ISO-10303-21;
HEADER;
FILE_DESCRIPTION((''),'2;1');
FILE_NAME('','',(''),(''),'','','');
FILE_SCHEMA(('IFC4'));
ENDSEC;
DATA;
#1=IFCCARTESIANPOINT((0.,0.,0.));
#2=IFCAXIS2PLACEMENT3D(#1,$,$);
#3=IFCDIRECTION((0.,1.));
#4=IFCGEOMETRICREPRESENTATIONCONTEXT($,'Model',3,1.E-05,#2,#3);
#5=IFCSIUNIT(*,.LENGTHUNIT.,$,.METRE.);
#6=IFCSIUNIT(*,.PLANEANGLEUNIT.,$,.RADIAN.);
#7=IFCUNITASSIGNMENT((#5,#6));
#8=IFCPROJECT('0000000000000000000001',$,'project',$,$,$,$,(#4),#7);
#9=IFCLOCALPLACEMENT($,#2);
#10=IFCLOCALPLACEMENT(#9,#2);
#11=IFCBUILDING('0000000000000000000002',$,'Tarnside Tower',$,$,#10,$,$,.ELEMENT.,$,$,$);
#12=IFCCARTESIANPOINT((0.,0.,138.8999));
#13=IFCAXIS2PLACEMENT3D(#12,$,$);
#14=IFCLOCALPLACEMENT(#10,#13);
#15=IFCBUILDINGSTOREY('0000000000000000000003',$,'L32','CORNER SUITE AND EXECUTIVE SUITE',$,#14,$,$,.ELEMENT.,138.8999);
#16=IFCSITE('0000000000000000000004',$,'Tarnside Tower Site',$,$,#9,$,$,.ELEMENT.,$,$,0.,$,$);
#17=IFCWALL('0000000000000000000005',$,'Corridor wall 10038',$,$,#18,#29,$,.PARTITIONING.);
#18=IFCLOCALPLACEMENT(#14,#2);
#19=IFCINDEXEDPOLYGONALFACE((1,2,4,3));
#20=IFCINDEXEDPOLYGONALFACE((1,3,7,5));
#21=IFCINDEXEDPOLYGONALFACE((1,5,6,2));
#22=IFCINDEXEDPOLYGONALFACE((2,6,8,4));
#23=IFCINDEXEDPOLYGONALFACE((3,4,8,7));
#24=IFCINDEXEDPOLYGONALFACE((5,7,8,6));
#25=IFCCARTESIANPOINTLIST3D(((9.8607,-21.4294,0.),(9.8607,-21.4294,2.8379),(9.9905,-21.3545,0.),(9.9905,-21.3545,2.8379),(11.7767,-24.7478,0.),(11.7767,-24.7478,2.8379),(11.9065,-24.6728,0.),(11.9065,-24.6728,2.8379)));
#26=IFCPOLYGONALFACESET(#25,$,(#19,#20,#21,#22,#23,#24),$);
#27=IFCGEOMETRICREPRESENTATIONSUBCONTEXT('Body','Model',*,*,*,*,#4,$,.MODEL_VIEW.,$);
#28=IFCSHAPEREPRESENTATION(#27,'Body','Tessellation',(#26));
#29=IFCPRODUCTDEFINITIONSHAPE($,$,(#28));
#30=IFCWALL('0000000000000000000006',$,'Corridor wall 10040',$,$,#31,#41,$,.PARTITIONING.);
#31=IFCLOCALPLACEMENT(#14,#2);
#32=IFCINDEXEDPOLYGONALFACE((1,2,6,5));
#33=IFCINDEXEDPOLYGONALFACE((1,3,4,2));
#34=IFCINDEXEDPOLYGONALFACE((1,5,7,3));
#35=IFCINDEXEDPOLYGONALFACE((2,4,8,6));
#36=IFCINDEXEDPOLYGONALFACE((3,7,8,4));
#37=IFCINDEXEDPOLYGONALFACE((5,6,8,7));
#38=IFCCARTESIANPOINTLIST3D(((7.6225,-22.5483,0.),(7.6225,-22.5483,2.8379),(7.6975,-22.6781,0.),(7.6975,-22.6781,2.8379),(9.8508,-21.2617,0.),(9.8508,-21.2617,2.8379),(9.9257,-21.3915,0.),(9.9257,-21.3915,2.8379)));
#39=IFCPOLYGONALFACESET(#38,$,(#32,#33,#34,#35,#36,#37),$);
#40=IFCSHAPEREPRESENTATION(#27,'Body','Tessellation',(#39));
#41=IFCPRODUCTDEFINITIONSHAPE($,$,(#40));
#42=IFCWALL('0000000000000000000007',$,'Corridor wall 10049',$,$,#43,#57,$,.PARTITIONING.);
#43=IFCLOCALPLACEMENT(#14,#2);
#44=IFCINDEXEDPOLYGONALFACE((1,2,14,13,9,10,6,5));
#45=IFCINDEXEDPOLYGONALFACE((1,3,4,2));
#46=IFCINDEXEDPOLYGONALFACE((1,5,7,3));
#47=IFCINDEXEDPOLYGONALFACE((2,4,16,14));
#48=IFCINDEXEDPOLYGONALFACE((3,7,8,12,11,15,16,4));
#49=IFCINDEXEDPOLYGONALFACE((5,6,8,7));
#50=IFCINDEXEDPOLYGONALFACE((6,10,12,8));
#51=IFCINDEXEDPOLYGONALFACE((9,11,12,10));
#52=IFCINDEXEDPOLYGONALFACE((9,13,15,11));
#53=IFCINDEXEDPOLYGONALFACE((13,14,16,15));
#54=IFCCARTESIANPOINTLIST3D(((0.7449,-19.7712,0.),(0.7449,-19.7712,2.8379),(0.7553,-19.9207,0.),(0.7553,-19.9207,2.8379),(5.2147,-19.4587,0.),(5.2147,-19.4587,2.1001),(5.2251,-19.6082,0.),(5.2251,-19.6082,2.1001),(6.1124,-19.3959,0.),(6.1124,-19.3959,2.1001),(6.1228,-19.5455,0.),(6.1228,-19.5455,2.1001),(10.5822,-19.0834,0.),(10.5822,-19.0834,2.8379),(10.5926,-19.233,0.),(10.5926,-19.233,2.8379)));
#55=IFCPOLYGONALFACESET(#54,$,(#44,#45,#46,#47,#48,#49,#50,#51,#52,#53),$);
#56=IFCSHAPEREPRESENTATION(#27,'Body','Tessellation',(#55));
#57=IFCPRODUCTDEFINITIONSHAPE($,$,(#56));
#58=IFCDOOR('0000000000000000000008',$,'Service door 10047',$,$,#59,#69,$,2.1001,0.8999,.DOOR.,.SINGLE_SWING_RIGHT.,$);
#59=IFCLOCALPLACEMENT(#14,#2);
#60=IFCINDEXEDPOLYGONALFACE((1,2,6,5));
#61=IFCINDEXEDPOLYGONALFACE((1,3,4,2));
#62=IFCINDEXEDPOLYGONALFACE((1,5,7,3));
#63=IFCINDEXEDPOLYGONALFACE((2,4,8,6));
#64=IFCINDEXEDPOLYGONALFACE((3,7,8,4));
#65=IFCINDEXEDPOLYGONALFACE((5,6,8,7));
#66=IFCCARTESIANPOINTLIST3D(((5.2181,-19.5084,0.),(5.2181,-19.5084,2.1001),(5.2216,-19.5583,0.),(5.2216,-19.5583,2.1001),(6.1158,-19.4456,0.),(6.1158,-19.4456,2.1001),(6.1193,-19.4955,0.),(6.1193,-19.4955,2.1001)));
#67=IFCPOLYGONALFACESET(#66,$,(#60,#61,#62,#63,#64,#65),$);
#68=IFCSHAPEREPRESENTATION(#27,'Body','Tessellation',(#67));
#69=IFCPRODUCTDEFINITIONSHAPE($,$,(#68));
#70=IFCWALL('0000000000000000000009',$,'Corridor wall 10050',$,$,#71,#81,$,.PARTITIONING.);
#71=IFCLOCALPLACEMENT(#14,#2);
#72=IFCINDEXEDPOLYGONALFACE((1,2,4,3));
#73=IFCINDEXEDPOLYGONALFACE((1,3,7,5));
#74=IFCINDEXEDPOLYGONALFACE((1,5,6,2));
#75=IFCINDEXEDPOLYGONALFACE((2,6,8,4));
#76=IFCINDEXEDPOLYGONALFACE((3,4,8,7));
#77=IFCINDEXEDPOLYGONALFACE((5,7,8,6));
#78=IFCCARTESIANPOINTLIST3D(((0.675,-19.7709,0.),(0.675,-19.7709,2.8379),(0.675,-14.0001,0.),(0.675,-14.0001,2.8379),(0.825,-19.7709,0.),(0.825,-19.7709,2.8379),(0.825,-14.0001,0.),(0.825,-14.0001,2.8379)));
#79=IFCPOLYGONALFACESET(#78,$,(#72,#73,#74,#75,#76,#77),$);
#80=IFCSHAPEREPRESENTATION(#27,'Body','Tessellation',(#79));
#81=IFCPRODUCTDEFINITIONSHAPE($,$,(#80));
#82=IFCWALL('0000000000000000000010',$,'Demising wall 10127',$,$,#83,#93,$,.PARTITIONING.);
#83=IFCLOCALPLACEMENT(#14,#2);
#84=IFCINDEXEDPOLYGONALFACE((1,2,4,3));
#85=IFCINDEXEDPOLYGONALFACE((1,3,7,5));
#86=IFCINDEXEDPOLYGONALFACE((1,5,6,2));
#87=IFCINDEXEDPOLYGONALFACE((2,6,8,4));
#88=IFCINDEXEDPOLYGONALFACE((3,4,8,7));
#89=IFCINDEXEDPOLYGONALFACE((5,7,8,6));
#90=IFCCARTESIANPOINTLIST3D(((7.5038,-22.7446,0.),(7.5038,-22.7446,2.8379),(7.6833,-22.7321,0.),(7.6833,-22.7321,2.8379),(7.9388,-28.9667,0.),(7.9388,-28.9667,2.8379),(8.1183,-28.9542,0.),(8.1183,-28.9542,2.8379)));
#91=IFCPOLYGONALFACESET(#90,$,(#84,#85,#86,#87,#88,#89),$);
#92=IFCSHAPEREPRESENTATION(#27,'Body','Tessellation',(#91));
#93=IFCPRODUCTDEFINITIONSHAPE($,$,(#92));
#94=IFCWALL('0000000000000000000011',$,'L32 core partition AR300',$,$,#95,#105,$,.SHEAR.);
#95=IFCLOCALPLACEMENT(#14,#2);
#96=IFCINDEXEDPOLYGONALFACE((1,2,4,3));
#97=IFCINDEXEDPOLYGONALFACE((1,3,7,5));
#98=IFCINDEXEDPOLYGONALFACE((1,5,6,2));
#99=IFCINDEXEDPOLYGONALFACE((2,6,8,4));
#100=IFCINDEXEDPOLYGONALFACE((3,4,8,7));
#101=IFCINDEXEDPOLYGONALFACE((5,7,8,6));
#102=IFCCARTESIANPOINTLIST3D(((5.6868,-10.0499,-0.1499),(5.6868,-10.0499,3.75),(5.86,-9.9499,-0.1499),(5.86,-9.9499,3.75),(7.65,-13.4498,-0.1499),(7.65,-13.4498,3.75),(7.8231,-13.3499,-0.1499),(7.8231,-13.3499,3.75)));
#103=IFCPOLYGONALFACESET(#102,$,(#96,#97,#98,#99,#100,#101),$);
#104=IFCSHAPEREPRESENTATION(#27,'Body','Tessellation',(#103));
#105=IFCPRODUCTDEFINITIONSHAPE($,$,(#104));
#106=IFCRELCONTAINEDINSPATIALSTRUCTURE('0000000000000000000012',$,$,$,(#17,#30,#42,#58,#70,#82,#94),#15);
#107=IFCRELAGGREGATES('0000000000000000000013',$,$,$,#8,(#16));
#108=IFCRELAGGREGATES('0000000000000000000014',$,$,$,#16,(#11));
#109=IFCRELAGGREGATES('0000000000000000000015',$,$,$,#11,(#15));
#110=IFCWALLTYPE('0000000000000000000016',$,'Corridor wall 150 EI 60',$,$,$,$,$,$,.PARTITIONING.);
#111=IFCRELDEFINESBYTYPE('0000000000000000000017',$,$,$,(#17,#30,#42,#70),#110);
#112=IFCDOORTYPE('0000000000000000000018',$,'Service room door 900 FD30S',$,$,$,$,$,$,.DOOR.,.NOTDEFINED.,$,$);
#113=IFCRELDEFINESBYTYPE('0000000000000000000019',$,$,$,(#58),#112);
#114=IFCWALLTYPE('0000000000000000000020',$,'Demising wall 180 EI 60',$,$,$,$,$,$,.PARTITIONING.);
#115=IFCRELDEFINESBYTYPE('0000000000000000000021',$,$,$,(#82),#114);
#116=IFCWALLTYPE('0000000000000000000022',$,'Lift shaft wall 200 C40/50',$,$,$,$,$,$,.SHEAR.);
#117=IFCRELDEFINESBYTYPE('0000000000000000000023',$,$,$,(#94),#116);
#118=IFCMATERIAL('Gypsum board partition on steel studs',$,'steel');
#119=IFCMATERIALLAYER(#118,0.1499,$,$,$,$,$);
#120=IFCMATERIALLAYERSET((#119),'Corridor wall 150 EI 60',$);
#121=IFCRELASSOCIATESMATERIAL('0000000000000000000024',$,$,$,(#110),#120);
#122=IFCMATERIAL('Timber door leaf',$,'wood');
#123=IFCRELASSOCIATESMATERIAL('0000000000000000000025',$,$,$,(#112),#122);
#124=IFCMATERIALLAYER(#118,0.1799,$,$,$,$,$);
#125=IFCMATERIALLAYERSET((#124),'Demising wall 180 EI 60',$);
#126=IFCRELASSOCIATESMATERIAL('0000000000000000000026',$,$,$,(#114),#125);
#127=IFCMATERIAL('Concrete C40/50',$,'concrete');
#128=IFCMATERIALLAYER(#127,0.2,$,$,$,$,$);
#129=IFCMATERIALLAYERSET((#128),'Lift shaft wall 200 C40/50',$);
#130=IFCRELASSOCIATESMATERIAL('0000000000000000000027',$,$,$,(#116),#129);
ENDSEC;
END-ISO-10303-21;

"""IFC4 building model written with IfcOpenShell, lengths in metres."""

from ifc_helpers import new_model, si_unit, direction, frame, frame_2d, origin, place, context, subcontext, project, spatial, rectangle, extrude, material, layer, layer_set, type_object, element, fill, save


model = new_model("IFC4")

# Units and contexts
model_context = context("Model", 3, precision=1e-05, world=origin(), true_north=direction((0.0, 1.0)))
body_context = subcontext(model_context, "Body", "Model", "MODEL_VIEW")
ifc_project = project(units=[si_unit("LENGTHUNIT", "METRE"), si_unit("PLANEANGLEUNIT", "RADIAN")], contexts=[model_context])

# Site, building, storey
site_placement = place(None, origin())
site = spatial("IfcSite", under=ifc_project, at=site_placement, Name="Tarnside Tower Site", CompositionType="ELEMENT", RefElevation=0.0)
building_placement = place(site_placement, origin())
building = spatial("IfcBuilding", under=site, at=building_placement, Name="Tarnside Tower", CompositionType="ELEMENT")
storey_placement = place(building_placement, frame((0.0, 0.0, 138.8999)))
storey = spatial("IfcBuildingStorey", under=building, at=storey_placement, Name="L32", Description="CORNER SUITE AND EXECUTIVE SUITE", CompositionType="ELEMENT", Elevation=138.8999)

# Shared definitions
ifc_material_1 = material(Name="Gypsum board partition on steel studs", Category="steel")

# Shared definitions
ifc_material_2 = material(Name="Timber door leaf", Category="wood")

# Walls
ifc_layer_1 = layer(ifc_material_1, 0.1499)
ifc_layer_set_1 = layer_set([ifc_layer_1], Name="Corridor wall 150 EI 60")
wall_type_1 = type_object("IfcWallType", Name="Corridor wall 150 EI 60", PredefinedType="PARTITIONING", material=ifc_layer_set_1)
wall_1_placement = place(storey_placement, frame((9.9255, -21.3918, 0.0), z_axis=(0.0, 0.0, 1.0), x_axis=(0.500031, -0.866007, 0.0)))
element("IfcWall", 1, at=wall_1_placement, inside=storey, type_object=wall_type_1, Name="Corridor wall 10038", PredefinedType="PARTITIONING", context=body_context, shape_type="SweptSolid", body=[
    extrude(rectangle(XDim=3.8318, YDim=0.1499, at=frame_2d((1.916, 0.0))), origin(), (0.0, 0.0, 1.0), 2.8379),
])
wall_2_placement = place(storey_placement, frame((7.6599, -22.6133, 0.0), z_axis=(0.0, 0.0, 1.0), x_axis=(0.866004, 0.500037, 0.0)))
element("IfcWall", 2, at=wall_2_placement, inside=storey, type_object=wall_type_1, Name="Corridor wall 10040", PredefinedType="PARTITIONING", context=body_context, shape_type="SweptSolid", body=[
    extrude(rectangle(XDim=2.573, YDim=0.1499, at=frame_2d((1.2866, 0.0))), origin(), (0.0, 0.0, 1.0), 2.8379),
])

# Wall, opening, door
wall_3_placement = place(storey_placement, frame((10.5874, -19.1582, 0.0), z_axis=(0.0, 0.0, 1.0), x_axis=(-0.997565, -0.069741, 0.0)))
wall_3 = element("IfcWall", 3, at=wall_3_placement, inside=storey, type_object=wall_type_1, Name="Corridor wall 10049", PredefinedType="PARTITIONING", context=body_context, shape_type="SweptSolid", body=[
    extrude(rectangle(XDim=9.8613, YDim=0.1499, at=frame_2d((4.9307, 0.0))), origin(), (0.0, 0.0, 1.0), 2.8379),
])
opening_1_placement = place(wall_3_placement, frame((4.4807, 0.0, 0.0)))
opening_1 = element("IfcOpeningElement", 4, at=opening_1_placement, cuts=wall_3, PredefinedType="OPENING", context=body_context, shape_type="SweptSolid", body=[
    extrude(rectangle(XDim=0.8999, YDim=2.1001, at=frame_2d((0.45, 1.05))), frame((0.0, 0.085, 0.0), z_axis=(0.0, -1.0, 0.0), x_axis=(1.0, 0.0, 0.0)), (0.0, 0.0, 1.0), 0.1699),
])
door_type_1 = type_object("IfcDoorType", Name="Service room door 900 FD30S", OperationType="NOTDEFINED", PredefinedType="DOOR", material=ifc_material_2)
door_1_placement = place(opening_1_placement, origin())
door_1 = element("IfcDoor", 5, at=door_1_placement, inside=storey, type_object=door_type_1, Name="Service door 10047", OperationType="SINGLE_SWING_RIGHT", OverallHeight=2.1001, OverallWidth=0.8999, PredefinedType="DOOR", context=body_context, shape_type="SweptSolid", body=[
    extrude(rectangle(XDim=0.8999, YDim=2.1001, at=frame_2d((0.45, 1.05))), frame((0.0, 0.0249, 0.0), z_axis=(0.0, -1.0, 0.0), x_axis=(1.0, 0.0, 0.0)), (0.0, 0.0, 1.0), 0.05),
])
fill(opening_1, door_1)

# Walls
wall_4_placement = place(storey_placement, frame((0.75, -19.7708, 0.0), z_axis=(0.0, 0.0, 1.0), x_axis=(0.0, 1.0, 0.0)))
element("IfcWall", 6, at=wall_4_placement, inside=storey, type_object=wall_type_1, Name="Corridor wall 10050", PredefinedType="PARTITIONING", context=body_context, shape_type="SweptSolid", body=[
    extrude(rectangle(XDim=5.7708, YDim=0.1499, at=frame_2d((2.8853, 0.0))), origin(), (0.0, 0.0, 1.0), 2.8379),
])
ifc_layer_2 = layer(ifc_material_1, 0.1799)
ifc_layer_set_2 = layer_set([ifc_layer_2], Name="Demising wall 180 EI 60")
wall_type_2 = type_object("IfcWallType", Name="Demising wall 180 EI 60", PredefinedType="PARTITIONING", material=ifc_layer_set_2)
wall_5_placement = place(storey_placement, frame((8.0286, -28.9604, 0.0), z_axis=(0.0, 0.0, 1.0), x_axis=(-0.06975, 0.997564, 0.0)))
element("IfcWall", 7, at=wall_5_placement, inside=storey, type_object=wall_type_2, Name="Demising wall 10127", PredefinedType="PARTITIONING", context=body_context, shape_type="SweptSolid", body=[
    extrude(rectangle(XDim=6.2373, YDim=0.1799, at=frame_2d((3.1187, 0.0))), origin(), (0.0, 0.0, 1.0), 2.8379),
])
ifc_material_3 = material(Name="Concrete C40/50", Category="concrete")
ifc_layer_3 = layer(ifc_material_3, 0.2)
ifc_layer_set_3 = layer_set([ifc_layer_3], Name="Lift shaft wall 200 C40/50")
wall_type_3 = type_object("IfcWallType", Name="Lift shaft wall 200 C40/50", PredefinedType="SHEAR", material=ifc_layer_set_3)
wall_6_placement = place(storey_placement, frame((5.7734, -10.0, -0.1499), z_axis=(0.0, 0.0, 1.0), x_axis=(0.500038, -0.866003, 0.0)))
element("IfcWall", 8, at=wall_6_placement, inside=storey, type_object=wall_type_3, Name="L32 core partition AR300", PredefinedType="SHEAR", context=body_context, shape_type="SweptSolid", body=[
    extrude(rectangle(XDim=3.926, YDim=0.2, at=frame_2d((1.9629, 0.0))), origin(), (0.0, 0.0, 1.0), 3.8999),
])

save(model, "model.ifc")
